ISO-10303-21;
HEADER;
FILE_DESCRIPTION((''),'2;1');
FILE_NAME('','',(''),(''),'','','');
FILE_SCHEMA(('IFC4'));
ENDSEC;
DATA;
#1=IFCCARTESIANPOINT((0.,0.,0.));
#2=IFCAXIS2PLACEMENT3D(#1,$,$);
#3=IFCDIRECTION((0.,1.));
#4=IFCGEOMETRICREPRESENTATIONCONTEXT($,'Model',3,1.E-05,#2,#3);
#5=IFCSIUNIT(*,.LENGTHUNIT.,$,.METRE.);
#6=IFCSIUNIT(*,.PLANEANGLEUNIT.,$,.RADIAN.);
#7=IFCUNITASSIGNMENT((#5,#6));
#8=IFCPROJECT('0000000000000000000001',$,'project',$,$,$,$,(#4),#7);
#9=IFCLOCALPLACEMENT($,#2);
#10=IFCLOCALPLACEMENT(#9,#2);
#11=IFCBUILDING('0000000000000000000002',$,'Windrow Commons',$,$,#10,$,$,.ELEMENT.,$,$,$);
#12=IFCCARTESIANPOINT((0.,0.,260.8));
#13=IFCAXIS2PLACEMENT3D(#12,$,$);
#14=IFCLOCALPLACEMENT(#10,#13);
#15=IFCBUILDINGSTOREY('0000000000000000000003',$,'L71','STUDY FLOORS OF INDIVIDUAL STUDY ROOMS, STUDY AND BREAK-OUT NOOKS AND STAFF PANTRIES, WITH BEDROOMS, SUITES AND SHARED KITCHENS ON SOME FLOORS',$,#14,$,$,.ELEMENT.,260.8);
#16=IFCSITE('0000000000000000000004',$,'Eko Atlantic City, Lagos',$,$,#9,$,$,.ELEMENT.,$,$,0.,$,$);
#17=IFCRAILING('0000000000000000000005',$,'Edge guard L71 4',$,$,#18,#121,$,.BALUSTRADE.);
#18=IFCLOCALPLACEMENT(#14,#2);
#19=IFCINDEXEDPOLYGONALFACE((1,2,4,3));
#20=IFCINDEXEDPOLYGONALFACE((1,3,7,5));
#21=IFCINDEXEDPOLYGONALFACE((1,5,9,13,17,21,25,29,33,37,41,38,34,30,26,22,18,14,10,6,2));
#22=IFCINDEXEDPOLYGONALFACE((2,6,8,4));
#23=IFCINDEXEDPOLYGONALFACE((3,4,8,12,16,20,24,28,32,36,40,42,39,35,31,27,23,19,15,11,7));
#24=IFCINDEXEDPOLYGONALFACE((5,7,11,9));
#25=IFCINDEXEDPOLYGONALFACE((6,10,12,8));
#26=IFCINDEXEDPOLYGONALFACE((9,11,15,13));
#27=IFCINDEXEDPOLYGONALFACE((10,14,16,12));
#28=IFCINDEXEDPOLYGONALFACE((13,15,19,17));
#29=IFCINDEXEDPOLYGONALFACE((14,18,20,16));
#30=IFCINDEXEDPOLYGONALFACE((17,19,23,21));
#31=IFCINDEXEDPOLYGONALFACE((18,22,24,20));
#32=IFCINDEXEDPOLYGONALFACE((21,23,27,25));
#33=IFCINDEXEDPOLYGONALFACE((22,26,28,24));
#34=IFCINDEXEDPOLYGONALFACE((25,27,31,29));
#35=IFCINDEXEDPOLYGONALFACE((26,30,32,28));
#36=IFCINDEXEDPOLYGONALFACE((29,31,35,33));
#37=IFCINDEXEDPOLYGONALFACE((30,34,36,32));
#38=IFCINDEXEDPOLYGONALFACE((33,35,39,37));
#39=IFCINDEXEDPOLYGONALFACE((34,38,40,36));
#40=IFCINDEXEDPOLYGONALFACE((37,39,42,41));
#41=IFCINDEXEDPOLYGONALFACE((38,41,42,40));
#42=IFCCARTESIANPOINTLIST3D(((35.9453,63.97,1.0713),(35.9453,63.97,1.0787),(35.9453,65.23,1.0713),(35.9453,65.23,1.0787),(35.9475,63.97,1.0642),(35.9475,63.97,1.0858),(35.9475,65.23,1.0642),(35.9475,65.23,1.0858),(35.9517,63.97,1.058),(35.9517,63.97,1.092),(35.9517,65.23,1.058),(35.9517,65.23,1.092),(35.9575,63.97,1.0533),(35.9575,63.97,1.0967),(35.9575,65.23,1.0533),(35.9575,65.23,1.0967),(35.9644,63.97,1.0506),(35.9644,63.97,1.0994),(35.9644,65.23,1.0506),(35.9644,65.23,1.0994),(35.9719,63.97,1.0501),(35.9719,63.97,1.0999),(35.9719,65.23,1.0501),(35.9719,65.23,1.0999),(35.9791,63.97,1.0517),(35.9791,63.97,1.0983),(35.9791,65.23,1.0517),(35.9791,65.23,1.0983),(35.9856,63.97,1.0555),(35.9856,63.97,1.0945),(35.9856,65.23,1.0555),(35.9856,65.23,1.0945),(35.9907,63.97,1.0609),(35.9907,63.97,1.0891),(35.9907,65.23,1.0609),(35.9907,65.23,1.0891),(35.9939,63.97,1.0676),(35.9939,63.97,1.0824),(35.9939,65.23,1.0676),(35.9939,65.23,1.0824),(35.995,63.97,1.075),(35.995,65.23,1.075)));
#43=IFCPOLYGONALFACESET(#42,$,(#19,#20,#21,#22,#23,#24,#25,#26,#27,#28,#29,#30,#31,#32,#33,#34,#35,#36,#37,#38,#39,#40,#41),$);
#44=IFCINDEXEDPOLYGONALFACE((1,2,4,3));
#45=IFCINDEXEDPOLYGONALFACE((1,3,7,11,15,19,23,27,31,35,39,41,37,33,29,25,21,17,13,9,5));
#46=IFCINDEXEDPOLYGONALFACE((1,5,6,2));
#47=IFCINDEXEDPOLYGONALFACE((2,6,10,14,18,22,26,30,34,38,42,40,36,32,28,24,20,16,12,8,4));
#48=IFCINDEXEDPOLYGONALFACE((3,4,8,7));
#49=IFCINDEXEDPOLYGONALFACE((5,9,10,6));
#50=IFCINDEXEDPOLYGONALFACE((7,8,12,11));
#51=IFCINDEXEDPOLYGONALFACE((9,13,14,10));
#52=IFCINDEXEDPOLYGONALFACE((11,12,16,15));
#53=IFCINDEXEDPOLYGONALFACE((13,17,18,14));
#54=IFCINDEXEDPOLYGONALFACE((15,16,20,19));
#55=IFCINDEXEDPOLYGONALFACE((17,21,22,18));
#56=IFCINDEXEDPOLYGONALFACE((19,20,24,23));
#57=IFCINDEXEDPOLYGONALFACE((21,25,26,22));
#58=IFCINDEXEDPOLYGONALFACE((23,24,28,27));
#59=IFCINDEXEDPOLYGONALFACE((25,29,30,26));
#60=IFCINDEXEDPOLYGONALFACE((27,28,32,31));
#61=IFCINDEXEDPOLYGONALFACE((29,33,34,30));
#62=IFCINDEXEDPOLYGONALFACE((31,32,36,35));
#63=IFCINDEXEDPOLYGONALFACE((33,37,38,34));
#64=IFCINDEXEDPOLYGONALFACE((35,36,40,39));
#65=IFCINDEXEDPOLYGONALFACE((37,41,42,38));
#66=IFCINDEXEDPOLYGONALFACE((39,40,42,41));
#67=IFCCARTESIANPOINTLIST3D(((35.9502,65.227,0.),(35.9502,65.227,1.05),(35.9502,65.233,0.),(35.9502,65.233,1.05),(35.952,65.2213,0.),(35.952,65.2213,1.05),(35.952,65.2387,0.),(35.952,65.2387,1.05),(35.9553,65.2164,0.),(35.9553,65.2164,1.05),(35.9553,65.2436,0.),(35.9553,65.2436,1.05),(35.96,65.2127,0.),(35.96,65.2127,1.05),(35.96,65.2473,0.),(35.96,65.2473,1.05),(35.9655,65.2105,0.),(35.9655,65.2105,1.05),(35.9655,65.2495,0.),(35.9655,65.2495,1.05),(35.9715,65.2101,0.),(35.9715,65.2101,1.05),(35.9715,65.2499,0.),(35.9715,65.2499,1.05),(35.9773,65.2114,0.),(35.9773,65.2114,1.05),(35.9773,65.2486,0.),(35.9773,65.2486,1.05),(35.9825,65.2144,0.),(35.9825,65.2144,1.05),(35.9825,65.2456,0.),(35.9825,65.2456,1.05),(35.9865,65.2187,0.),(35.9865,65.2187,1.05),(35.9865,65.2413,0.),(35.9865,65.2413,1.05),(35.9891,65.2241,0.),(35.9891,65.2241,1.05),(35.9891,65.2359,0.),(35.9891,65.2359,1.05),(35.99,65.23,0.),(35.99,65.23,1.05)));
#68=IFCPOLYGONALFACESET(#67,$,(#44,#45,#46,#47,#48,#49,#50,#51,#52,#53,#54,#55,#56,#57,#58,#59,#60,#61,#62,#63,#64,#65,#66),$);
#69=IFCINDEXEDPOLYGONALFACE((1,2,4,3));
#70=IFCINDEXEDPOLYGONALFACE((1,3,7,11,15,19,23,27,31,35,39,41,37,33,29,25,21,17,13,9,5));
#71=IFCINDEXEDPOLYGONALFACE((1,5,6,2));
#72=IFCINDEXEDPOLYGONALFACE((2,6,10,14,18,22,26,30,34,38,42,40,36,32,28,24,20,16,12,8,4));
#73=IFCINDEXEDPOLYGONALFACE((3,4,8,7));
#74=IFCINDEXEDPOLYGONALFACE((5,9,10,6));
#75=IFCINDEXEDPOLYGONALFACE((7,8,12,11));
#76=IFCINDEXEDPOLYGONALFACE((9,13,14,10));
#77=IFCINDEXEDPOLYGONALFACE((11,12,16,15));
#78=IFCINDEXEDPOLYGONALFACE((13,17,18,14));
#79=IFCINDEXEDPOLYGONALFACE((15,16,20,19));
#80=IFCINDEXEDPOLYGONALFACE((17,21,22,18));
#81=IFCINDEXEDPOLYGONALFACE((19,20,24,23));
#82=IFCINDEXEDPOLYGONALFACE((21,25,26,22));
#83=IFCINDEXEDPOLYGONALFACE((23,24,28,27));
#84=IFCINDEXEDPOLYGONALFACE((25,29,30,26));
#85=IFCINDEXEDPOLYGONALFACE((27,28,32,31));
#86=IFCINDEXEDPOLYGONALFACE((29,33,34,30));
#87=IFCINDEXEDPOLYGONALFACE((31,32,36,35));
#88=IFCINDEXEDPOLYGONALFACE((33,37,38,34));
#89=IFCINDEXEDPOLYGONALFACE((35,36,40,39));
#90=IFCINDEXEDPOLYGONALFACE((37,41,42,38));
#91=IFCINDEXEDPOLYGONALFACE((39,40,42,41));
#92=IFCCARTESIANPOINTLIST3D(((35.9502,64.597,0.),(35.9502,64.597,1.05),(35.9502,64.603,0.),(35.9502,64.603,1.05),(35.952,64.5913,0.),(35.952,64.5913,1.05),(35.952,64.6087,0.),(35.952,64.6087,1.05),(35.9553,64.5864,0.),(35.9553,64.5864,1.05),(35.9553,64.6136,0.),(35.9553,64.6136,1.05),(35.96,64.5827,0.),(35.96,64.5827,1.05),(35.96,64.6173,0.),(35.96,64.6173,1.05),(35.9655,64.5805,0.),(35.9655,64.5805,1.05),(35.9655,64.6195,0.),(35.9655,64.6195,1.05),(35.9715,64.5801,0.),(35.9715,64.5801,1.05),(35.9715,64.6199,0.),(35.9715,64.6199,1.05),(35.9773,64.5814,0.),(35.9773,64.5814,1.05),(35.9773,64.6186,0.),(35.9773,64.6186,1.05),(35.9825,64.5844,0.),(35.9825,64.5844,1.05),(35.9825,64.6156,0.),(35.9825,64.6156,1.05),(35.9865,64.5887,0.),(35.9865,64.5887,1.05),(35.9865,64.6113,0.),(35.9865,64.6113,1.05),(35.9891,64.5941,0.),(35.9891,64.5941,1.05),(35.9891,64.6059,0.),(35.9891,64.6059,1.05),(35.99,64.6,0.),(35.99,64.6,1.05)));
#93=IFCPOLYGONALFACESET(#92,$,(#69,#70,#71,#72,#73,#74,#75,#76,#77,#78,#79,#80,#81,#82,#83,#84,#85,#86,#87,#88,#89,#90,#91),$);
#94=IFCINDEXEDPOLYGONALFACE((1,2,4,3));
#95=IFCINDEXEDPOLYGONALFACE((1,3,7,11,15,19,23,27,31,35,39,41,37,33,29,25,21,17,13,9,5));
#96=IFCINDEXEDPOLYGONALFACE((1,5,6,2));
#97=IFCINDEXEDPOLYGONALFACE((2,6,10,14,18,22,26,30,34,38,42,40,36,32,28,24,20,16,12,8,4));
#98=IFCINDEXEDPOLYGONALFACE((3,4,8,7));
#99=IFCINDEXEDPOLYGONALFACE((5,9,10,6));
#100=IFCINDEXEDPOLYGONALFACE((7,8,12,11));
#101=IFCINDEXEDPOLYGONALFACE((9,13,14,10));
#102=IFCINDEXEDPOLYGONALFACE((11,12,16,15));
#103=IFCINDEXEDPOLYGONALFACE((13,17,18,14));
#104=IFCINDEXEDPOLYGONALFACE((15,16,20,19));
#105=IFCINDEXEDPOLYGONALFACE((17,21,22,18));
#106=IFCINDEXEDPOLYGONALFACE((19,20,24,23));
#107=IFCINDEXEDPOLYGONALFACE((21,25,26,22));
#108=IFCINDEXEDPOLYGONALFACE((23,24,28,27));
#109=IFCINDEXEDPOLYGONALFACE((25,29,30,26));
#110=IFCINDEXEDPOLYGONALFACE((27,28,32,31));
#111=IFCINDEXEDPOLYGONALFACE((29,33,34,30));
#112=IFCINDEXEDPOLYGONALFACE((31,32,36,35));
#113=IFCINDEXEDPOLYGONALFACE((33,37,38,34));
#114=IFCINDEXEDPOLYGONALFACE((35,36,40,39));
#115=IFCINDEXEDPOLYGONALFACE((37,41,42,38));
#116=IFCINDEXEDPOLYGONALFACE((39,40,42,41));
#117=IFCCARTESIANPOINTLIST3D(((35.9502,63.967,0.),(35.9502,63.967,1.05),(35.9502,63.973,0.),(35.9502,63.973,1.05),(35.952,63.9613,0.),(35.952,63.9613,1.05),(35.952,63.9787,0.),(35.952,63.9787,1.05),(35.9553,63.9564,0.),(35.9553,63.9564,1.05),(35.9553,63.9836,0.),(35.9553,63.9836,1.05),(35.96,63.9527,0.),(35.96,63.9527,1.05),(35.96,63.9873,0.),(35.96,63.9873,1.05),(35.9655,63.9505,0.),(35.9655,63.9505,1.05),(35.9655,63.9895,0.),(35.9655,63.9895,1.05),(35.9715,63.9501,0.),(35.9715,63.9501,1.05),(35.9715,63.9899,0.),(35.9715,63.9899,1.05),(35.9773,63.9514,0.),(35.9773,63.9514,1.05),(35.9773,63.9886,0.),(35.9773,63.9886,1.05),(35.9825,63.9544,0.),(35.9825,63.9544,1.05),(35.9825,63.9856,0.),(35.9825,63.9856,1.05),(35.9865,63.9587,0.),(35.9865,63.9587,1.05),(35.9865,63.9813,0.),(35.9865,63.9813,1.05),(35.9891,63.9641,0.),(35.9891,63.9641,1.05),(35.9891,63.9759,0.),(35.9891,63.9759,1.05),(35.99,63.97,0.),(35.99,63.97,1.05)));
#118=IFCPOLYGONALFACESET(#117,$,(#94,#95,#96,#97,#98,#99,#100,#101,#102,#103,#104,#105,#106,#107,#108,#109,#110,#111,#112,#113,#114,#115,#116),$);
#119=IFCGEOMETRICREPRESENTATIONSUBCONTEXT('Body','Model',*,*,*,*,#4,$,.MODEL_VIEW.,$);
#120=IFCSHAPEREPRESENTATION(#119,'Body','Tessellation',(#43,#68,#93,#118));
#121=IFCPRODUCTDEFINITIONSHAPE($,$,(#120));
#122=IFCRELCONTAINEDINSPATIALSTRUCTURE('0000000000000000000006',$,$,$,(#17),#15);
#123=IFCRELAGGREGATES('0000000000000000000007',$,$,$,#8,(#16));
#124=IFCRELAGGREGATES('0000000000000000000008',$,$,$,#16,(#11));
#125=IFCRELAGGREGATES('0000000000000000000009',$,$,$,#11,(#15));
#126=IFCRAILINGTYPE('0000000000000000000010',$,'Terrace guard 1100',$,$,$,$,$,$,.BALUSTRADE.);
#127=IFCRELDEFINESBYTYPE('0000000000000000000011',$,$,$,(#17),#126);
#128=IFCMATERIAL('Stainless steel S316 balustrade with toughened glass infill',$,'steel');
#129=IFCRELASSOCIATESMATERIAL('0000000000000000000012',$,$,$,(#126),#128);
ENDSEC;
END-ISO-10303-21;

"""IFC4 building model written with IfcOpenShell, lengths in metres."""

from ifc_helpers import new_model, si_unit, direction, frame, origin, origin_2d, place, context, subcontext, project, spatial, circle, extrude, material, type_object, element, save


model = new_model("IFC4")

# Units and contexts
model_context = context("Model", 3, precision=1e-05, world=origin(), true_north=direction((0.0, 1.0)))
body_context = subcontext(model_context, "Body", "Model", "MODEL_VIEW")
ifc_project = project(units=[si_unit("LENGTHUNIT", "METRE"), si_unit("PLANEANGLEUNIT", "RADIAN")], contexts=[model_context])

# Site, building, storey
site_placement = place(None, origin())
site = spatial("IfcSite", under=ifc_project, at=site_placement, Name="Eko Atlantic City, Lagos", CompositionType="ELEMENT", RefElevation=0.0)
building_placement = place(site_placement, origin())
building = spatial("IfcBuilding", under=site, at=building_placement, Name="Windrow Commons", CompositionType="ELEMENT")
storey_placement = place(building_placement, frame((0.0, 0.0, 260.8)))
storey = spatial("IfcBuildingStorey", under=building, at=storey_placement, Name="L71", Description="STUDY FLOORS OF INDIVIDUAL STUDY ROOMS, STUDY AND BREAK-OUT NOOKS AND STAFF PANTRIES, WITH BEDROOMS, SUITES AND SHARED KITCHENS ON SOME FLOORS", CompositionType="ELEMENT", Elevation=260.8)

# Railing
ifc_material_1 = material(Name="Stainless steel S316 balustrade with toughened glass infill", Category="steel")
railing_type_1 = type_object("IfcRailingType", Name="Terrace guard 1100", PredefinedType="BALUSTRADE", material=ifc_material_1)
railing_1_placement = place(storey_placement, frame((35.97, 65.23, 0.0)))
element("IfcRailing", 1, at=railing_1_placement, inside=storey, type_object=railing_type_1, Name="Edge guard L71 4", PredefinedType="BALUSTRADE", context=body_context, shape_type="SweptSolid", body=[
    extrude(circle(Radius=0.025, at=origin_2d()), frame((0.0, 0.0, 1.075), z_axis=(0.0, -1.0, 0.0), x_axis=(1.0, 0.0, 0.0)), (0.0, 0.0, 1.0), 1.26),
    extrude(circle(Radius=0.02, at=origin_2d()), origin(), (0.0, 0.0, 1.0), 1.05),
    extrude(circle(Radius=0.02, at=origin_2d()), frame((0.0, -0.63, 0.0)), (0.0, 0.0, 1.0), 1.05),
    extrude(circle(Radius=0.02, at=origin_2d()), frame((0.0, -1.26, 0.0)), (0.0, 0.0, 1.0), 1.05),
])

save(model, "model.ifc")
